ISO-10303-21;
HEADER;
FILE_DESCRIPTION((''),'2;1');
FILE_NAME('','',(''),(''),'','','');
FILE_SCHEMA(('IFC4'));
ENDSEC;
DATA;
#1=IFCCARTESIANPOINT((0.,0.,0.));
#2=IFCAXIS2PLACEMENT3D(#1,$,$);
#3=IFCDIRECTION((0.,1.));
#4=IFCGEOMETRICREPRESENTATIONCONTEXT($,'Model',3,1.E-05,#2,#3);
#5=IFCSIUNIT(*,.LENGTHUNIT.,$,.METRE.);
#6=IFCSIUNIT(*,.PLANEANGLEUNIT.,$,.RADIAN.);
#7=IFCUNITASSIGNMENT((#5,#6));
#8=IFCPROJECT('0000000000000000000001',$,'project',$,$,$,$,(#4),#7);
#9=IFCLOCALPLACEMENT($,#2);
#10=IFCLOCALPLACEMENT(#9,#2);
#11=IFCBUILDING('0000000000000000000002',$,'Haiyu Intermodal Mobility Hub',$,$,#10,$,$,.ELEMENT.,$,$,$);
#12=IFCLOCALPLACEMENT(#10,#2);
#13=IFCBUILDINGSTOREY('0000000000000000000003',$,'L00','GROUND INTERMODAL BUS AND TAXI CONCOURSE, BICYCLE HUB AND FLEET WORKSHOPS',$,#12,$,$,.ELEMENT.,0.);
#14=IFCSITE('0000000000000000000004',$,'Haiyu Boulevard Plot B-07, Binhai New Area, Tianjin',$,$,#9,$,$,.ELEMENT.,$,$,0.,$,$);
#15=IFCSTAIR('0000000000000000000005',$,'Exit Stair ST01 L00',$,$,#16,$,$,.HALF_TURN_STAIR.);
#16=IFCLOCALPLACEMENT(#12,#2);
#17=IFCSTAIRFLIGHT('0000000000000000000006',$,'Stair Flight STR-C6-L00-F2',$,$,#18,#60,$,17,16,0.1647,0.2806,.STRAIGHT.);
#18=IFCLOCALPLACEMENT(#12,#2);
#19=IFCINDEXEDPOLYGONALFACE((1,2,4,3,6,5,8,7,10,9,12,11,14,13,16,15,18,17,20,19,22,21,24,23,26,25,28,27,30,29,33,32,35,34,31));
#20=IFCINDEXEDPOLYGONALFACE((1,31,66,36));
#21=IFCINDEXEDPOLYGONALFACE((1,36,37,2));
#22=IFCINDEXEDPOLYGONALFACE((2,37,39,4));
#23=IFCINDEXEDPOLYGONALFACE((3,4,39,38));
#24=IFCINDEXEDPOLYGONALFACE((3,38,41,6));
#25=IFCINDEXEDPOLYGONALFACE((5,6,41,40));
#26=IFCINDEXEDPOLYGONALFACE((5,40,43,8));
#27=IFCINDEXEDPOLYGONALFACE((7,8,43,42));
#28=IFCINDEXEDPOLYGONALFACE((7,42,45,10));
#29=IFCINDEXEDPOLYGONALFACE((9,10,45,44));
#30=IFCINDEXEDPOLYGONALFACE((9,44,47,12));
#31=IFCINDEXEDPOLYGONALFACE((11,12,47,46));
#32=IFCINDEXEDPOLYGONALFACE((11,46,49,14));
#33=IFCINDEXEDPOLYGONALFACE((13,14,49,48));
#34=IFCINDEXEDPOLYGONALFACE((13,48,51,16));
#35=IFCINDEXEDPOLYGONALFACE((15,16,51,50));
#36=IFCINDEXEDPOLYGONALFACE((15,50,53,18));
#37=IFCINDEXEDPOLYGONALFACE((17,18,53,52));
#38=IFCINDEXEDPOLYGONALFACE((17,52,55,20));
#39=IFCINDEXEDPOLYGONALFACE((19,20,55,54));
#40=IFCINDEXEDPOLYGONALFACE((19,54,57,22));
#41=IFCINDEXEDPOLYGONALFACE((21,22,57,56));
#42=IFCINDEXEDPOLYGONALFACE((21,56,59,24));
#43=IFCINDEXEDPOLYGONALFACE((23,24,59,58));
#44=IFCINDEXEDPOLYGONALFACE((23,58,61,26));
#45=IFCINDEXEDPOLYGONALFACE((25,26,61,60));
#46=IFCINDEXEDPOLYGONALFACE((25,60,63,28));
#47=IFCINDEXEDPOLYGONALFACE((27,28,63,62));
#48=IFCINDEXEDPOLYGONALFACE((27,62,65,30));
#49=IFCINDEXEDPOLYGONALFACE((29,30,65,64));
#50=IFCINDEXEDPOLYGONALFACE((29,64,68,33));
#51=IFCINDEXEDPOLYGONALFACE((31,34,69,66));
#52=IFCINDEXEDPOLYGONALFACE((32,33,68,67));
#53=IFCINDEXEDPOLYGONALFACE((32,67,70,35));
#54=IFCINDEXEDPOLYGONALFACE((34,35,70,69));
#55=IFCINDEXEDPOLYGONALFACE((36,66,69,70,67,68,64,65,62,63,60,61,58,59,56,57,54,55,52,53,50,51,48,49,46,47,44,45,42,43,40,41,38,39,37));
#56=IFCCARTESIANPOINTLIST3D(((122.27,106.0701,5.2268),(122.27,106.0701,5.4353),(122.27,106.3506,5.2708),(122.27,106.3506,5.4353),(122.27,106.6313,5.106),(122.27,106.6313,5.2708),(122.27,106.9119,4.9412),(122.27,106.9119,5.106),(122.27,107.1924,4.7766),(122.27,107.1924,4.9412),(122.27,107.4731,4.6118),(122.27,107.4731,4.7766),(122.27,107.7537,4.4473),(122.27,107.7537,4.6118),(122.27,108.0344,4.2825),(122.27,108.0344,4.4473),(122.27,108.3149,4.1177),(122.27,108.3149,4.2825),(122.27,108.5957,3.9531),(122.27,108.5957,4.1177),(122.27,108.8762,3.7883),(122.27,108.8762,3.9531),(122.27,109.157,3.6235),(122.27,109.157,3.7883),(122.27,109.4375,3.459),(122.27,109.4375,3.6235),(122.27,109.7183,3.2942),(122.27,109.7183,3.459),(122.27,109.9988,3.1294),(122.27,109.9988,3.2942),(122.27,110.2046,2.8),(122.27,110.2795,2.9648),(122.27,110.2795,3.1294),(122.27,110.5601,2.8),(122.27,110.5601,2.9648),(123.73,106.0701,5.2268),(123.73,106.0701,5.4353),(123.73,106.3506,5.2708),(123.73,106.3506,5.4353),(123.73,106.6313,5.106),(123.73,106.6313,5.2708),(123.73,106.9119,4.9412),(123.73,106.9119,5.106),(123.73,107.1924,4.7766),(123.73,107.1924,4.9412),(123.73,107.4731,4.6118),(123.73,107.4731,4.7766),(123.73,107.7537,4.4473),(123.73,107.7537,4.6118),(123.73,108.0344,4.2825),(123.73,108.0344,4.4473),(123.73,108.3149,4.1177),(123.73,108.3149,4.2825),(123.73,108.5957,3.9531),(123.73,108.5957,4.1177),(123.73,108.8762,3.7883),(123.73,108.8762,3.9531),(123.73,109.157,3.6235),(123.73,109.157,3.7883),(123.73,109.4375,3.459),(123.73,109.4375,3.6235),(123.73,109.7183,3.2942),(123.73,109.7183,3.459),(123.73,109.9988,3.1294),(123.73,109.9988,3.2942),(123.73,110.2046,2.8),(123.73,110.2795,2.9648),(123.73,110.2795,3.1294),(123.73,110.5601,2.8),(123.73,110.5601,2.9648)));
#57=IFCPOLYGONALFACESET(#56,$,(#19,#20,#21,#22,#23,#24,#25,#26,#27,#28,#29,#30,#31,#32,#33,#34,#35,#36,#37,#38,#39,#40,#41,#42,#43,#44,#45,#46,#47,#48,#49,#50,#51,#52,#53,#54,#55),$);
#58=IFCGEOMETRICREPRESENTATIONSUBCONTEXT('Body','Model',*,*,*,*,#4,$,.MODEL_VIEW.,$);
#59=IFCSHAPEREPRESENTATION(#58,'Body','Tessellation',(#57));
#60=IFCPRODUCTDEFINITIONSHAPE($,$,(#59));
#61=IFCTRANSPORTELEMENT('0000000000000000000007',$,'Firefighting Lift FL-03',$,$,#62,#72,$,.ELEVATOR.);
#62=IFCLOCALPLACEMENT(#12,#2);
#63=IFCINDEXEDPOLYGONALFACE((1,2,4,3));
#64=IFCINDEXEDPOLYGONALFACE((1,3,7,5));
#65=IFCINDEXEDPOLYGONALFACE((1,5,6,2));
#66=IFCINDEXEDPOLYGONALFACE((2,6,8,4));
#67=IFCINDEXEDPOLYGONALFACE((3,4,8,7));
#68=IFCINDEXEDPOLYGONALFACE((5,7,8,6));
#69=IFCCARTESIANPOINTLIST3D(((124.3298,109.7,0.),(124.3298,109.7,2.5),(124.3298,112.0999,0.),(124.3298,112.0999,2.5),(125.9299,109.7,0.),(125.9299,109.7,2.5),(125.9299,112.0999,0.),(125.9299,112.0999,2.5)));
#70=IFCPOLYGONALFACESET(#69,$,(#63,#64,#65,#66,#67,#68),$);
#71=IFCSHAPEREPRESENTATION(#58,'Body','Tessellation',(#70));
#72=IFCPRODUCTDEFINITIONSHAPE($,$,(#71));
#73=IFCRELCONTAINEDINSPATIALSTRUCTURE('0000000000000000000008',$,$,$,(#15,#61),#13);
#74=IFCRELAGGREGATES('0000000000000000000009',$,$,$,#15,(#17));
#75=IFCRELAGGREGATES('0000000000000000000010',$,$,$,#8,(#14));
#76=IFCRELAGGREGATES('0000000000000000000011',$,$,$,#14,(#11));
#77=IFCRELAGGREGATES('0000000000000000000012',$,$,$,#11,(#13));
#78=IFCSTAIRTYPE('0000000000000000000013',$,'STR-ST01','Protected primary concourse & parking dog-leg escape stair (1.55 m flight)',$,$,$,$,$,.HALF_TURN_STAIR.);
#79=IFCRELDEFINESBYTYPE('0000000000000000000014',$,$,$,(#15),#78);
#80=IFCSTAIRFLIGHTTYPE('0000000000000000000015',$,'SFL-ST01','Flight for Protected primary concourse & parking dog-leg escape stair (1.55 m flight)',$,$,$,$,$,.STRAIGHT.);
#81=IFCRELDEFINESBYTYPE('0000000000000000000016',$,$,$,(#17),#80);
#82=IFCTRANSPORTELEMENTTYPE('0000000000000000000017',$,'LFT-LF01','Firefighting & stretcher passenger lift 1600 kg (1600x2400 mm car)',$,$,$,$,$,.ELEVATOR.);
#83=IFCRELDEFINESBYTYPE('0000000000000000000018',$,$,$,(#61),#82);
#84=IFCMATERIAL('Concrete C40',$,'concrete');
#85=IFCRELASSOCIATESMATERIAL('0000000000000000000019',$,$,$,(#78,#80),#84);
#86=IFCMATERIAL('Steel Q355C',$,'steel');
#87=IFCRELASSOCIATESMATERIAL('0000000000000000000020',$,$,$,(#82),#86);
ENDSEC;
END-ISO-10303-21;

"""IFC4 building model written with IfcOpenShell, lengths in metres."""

from ifc_helpers import new_model, si_unit, direction, frame, origin, origin_2d, place, context, subcontext, project, spatial, polyline, rectangle, outline, extrude, material, type_object, element, aggregate, save


model = new_model("IFC4")

# Units and contexts
model_context = context("Model", 3, precision=1e-05, world=origin(), true_north=direction((0.0, 1.0)))
body_context = subcontext(model_context, "Body", "Model", "MODEL_VIEW")
ifc_project = project(units=[si_unit("LENGTHUNIT", "METRE"), si_unit("PLANEANGLEUNIT", "RADIAN")], contexts=[model_context])

# Site, building, storey
site_placement = place(None, origin())
site = spatial("IfcSite", under=ifc_project, at=site_placement, Name="Haiyu Boulevard Plot B-07, Binhai New Area, Tianjin", CompositionType="ELEMENT", RefElevation=0.0)
building_placement = place(site_placement, origin())
building = spatial("IfcBuilding", under=site, at=building_placement, Name="Haiyu Intermodal Mobility Hub", CompositionType="ELEMENT")
storey_placement = place(building_placement, origin())
storey = spatial("IfcBuildingStorey", under=building, at=storey_placement, Name="L00", Description="GROUND INTERMODAL BUS AND TAXI CONCOURSE, BICYCLE HUB AND FLEET WORKSHOPS", CompositionType="ELEMENT", Elevation=0.0)

# Shared definitions
ifc_material_1 = material(Name="Concrete C40", Category="concrete")

# Shared definitions
ifc_material_2 = material(Name="Steel Q355C", Category="steel")

# Stair, stair flight
stair_type = type_object("IfcStairType", Name="STR-ST01", Description="Protected primary concourse & parking dog-leg escape stair (1.55 m flight)", PredefinedType="HALF_TURN_STAIR", material=ifc_material_1)
stair_placement = place(storey_placement, origin())
stair = element("IfcStair", 1, at=stair_placement, inside=storey, type_object=stair_type, Name="Exit Stair ST01 L00", PredefinedType="HALF_TURN_STAIR")
stair_flight_type = type_object("IfcStairFlightType", Name="SFL-ST01", Description="Flight for Protected primary concourse & parking dog-leg escape stair (1.55 m flight)", PredefinedType="STRAIGHT", material=ifc_material_1)
stair_flight_1_placement = place(storey_placement, frame((123.0, 110.5601, 2.8), z_axis=(0.0, 0.0, 1.0), x_axis=(0.0, -1.0, 0.0)))
stair_flight_1 = element("IfcStairFlight", 2, at=stair_flight_1_placement, type_object=stair_flight_type, Name="Stair Flight STR-C6-L00-F2", NumberOfRisers=17, NumberOfTreads=16, PredefinedType="STRAIGHT", RiserHeight=0.1647, TreadLength=0.2806, context=body_context, shape_type="SweptSolid", body=[
    extrude(outline(polyline([(0.0, 0.0), (0.0, 0.1648), (0.2805, 0.1648), (0.2805, 0.3293), (0.5613, 0.3293), (0.5613, 0.4941), (0.8418, 0.4941), (0.8418, 0.6589), (1.1226, 0.6589), (1.1226, 0.8235), (1.4031, 0.8235), (1.4031, 0.9883), (1.6838, 0.9883), (1.6838, 1.1531), (1.9644, 1.1531), (1.9644, 1.3176), (2.2451, 1.3176), (2.2451, 1.4824), (2.5256, 1.4824), (2.5256, 1.6472), (2.8064, 1.6472), (2.8064, 1.8118), (3.0869, 1.8118), (3.0869, 1.9766), (3.3677, 1.9766), (3.3677, 2.1411), (3.6482, 2.1411), (3.6482, 2.3059), (3.9287, 2.3059), (3.9287, 2.4707), (4.2095, 2.4707), (4.2095, 2.6353), (4.49, 2.6353), (4.49, 2.8), (4.49, 2.4268), (0.3555, 0.0), (0.0, 0.0)])), frame((0.0, 0.73, 0.0), z_axis=(0.0, -1.0, 0.0), x_axis=(1.0, 0.0, 0.0)), (0.0, 0.0, 1.0), 1.46),
])
aggregate(stair, [stair_flight_1])

# Transport element
transport_element_type = type_object("IfcTransportElementType", Name="LFT-LF01", Description="Firefighting & stretcher passenger lift 1600 kg (1600x2400 mm car)", PredefinedType="ELEVATOR", material=ifc_material_2)
transport_element_placement = place(storey_placement, frame((125.1299, 110.8999, 0.0), z_axis=(0.0, 0.0, 1.0), x_axis=(1.0, 0.0, 0.0)))
element("IfcTransportElement", 3, at=transport_element_placement, inside=storey, type_object=transport_element_type, Name="Firefighting Lift FL-03", PredefinedType="ELEVATOR", context=body_context, shape_type="SweptSolid", body=[
    extrude(rectangle(XDim=1.6001, YDim=2.3999, at=origin_2d()), origin(), (0.0, 0.0, 1.0), 2.5),
])

save(model, "model.ifc")
